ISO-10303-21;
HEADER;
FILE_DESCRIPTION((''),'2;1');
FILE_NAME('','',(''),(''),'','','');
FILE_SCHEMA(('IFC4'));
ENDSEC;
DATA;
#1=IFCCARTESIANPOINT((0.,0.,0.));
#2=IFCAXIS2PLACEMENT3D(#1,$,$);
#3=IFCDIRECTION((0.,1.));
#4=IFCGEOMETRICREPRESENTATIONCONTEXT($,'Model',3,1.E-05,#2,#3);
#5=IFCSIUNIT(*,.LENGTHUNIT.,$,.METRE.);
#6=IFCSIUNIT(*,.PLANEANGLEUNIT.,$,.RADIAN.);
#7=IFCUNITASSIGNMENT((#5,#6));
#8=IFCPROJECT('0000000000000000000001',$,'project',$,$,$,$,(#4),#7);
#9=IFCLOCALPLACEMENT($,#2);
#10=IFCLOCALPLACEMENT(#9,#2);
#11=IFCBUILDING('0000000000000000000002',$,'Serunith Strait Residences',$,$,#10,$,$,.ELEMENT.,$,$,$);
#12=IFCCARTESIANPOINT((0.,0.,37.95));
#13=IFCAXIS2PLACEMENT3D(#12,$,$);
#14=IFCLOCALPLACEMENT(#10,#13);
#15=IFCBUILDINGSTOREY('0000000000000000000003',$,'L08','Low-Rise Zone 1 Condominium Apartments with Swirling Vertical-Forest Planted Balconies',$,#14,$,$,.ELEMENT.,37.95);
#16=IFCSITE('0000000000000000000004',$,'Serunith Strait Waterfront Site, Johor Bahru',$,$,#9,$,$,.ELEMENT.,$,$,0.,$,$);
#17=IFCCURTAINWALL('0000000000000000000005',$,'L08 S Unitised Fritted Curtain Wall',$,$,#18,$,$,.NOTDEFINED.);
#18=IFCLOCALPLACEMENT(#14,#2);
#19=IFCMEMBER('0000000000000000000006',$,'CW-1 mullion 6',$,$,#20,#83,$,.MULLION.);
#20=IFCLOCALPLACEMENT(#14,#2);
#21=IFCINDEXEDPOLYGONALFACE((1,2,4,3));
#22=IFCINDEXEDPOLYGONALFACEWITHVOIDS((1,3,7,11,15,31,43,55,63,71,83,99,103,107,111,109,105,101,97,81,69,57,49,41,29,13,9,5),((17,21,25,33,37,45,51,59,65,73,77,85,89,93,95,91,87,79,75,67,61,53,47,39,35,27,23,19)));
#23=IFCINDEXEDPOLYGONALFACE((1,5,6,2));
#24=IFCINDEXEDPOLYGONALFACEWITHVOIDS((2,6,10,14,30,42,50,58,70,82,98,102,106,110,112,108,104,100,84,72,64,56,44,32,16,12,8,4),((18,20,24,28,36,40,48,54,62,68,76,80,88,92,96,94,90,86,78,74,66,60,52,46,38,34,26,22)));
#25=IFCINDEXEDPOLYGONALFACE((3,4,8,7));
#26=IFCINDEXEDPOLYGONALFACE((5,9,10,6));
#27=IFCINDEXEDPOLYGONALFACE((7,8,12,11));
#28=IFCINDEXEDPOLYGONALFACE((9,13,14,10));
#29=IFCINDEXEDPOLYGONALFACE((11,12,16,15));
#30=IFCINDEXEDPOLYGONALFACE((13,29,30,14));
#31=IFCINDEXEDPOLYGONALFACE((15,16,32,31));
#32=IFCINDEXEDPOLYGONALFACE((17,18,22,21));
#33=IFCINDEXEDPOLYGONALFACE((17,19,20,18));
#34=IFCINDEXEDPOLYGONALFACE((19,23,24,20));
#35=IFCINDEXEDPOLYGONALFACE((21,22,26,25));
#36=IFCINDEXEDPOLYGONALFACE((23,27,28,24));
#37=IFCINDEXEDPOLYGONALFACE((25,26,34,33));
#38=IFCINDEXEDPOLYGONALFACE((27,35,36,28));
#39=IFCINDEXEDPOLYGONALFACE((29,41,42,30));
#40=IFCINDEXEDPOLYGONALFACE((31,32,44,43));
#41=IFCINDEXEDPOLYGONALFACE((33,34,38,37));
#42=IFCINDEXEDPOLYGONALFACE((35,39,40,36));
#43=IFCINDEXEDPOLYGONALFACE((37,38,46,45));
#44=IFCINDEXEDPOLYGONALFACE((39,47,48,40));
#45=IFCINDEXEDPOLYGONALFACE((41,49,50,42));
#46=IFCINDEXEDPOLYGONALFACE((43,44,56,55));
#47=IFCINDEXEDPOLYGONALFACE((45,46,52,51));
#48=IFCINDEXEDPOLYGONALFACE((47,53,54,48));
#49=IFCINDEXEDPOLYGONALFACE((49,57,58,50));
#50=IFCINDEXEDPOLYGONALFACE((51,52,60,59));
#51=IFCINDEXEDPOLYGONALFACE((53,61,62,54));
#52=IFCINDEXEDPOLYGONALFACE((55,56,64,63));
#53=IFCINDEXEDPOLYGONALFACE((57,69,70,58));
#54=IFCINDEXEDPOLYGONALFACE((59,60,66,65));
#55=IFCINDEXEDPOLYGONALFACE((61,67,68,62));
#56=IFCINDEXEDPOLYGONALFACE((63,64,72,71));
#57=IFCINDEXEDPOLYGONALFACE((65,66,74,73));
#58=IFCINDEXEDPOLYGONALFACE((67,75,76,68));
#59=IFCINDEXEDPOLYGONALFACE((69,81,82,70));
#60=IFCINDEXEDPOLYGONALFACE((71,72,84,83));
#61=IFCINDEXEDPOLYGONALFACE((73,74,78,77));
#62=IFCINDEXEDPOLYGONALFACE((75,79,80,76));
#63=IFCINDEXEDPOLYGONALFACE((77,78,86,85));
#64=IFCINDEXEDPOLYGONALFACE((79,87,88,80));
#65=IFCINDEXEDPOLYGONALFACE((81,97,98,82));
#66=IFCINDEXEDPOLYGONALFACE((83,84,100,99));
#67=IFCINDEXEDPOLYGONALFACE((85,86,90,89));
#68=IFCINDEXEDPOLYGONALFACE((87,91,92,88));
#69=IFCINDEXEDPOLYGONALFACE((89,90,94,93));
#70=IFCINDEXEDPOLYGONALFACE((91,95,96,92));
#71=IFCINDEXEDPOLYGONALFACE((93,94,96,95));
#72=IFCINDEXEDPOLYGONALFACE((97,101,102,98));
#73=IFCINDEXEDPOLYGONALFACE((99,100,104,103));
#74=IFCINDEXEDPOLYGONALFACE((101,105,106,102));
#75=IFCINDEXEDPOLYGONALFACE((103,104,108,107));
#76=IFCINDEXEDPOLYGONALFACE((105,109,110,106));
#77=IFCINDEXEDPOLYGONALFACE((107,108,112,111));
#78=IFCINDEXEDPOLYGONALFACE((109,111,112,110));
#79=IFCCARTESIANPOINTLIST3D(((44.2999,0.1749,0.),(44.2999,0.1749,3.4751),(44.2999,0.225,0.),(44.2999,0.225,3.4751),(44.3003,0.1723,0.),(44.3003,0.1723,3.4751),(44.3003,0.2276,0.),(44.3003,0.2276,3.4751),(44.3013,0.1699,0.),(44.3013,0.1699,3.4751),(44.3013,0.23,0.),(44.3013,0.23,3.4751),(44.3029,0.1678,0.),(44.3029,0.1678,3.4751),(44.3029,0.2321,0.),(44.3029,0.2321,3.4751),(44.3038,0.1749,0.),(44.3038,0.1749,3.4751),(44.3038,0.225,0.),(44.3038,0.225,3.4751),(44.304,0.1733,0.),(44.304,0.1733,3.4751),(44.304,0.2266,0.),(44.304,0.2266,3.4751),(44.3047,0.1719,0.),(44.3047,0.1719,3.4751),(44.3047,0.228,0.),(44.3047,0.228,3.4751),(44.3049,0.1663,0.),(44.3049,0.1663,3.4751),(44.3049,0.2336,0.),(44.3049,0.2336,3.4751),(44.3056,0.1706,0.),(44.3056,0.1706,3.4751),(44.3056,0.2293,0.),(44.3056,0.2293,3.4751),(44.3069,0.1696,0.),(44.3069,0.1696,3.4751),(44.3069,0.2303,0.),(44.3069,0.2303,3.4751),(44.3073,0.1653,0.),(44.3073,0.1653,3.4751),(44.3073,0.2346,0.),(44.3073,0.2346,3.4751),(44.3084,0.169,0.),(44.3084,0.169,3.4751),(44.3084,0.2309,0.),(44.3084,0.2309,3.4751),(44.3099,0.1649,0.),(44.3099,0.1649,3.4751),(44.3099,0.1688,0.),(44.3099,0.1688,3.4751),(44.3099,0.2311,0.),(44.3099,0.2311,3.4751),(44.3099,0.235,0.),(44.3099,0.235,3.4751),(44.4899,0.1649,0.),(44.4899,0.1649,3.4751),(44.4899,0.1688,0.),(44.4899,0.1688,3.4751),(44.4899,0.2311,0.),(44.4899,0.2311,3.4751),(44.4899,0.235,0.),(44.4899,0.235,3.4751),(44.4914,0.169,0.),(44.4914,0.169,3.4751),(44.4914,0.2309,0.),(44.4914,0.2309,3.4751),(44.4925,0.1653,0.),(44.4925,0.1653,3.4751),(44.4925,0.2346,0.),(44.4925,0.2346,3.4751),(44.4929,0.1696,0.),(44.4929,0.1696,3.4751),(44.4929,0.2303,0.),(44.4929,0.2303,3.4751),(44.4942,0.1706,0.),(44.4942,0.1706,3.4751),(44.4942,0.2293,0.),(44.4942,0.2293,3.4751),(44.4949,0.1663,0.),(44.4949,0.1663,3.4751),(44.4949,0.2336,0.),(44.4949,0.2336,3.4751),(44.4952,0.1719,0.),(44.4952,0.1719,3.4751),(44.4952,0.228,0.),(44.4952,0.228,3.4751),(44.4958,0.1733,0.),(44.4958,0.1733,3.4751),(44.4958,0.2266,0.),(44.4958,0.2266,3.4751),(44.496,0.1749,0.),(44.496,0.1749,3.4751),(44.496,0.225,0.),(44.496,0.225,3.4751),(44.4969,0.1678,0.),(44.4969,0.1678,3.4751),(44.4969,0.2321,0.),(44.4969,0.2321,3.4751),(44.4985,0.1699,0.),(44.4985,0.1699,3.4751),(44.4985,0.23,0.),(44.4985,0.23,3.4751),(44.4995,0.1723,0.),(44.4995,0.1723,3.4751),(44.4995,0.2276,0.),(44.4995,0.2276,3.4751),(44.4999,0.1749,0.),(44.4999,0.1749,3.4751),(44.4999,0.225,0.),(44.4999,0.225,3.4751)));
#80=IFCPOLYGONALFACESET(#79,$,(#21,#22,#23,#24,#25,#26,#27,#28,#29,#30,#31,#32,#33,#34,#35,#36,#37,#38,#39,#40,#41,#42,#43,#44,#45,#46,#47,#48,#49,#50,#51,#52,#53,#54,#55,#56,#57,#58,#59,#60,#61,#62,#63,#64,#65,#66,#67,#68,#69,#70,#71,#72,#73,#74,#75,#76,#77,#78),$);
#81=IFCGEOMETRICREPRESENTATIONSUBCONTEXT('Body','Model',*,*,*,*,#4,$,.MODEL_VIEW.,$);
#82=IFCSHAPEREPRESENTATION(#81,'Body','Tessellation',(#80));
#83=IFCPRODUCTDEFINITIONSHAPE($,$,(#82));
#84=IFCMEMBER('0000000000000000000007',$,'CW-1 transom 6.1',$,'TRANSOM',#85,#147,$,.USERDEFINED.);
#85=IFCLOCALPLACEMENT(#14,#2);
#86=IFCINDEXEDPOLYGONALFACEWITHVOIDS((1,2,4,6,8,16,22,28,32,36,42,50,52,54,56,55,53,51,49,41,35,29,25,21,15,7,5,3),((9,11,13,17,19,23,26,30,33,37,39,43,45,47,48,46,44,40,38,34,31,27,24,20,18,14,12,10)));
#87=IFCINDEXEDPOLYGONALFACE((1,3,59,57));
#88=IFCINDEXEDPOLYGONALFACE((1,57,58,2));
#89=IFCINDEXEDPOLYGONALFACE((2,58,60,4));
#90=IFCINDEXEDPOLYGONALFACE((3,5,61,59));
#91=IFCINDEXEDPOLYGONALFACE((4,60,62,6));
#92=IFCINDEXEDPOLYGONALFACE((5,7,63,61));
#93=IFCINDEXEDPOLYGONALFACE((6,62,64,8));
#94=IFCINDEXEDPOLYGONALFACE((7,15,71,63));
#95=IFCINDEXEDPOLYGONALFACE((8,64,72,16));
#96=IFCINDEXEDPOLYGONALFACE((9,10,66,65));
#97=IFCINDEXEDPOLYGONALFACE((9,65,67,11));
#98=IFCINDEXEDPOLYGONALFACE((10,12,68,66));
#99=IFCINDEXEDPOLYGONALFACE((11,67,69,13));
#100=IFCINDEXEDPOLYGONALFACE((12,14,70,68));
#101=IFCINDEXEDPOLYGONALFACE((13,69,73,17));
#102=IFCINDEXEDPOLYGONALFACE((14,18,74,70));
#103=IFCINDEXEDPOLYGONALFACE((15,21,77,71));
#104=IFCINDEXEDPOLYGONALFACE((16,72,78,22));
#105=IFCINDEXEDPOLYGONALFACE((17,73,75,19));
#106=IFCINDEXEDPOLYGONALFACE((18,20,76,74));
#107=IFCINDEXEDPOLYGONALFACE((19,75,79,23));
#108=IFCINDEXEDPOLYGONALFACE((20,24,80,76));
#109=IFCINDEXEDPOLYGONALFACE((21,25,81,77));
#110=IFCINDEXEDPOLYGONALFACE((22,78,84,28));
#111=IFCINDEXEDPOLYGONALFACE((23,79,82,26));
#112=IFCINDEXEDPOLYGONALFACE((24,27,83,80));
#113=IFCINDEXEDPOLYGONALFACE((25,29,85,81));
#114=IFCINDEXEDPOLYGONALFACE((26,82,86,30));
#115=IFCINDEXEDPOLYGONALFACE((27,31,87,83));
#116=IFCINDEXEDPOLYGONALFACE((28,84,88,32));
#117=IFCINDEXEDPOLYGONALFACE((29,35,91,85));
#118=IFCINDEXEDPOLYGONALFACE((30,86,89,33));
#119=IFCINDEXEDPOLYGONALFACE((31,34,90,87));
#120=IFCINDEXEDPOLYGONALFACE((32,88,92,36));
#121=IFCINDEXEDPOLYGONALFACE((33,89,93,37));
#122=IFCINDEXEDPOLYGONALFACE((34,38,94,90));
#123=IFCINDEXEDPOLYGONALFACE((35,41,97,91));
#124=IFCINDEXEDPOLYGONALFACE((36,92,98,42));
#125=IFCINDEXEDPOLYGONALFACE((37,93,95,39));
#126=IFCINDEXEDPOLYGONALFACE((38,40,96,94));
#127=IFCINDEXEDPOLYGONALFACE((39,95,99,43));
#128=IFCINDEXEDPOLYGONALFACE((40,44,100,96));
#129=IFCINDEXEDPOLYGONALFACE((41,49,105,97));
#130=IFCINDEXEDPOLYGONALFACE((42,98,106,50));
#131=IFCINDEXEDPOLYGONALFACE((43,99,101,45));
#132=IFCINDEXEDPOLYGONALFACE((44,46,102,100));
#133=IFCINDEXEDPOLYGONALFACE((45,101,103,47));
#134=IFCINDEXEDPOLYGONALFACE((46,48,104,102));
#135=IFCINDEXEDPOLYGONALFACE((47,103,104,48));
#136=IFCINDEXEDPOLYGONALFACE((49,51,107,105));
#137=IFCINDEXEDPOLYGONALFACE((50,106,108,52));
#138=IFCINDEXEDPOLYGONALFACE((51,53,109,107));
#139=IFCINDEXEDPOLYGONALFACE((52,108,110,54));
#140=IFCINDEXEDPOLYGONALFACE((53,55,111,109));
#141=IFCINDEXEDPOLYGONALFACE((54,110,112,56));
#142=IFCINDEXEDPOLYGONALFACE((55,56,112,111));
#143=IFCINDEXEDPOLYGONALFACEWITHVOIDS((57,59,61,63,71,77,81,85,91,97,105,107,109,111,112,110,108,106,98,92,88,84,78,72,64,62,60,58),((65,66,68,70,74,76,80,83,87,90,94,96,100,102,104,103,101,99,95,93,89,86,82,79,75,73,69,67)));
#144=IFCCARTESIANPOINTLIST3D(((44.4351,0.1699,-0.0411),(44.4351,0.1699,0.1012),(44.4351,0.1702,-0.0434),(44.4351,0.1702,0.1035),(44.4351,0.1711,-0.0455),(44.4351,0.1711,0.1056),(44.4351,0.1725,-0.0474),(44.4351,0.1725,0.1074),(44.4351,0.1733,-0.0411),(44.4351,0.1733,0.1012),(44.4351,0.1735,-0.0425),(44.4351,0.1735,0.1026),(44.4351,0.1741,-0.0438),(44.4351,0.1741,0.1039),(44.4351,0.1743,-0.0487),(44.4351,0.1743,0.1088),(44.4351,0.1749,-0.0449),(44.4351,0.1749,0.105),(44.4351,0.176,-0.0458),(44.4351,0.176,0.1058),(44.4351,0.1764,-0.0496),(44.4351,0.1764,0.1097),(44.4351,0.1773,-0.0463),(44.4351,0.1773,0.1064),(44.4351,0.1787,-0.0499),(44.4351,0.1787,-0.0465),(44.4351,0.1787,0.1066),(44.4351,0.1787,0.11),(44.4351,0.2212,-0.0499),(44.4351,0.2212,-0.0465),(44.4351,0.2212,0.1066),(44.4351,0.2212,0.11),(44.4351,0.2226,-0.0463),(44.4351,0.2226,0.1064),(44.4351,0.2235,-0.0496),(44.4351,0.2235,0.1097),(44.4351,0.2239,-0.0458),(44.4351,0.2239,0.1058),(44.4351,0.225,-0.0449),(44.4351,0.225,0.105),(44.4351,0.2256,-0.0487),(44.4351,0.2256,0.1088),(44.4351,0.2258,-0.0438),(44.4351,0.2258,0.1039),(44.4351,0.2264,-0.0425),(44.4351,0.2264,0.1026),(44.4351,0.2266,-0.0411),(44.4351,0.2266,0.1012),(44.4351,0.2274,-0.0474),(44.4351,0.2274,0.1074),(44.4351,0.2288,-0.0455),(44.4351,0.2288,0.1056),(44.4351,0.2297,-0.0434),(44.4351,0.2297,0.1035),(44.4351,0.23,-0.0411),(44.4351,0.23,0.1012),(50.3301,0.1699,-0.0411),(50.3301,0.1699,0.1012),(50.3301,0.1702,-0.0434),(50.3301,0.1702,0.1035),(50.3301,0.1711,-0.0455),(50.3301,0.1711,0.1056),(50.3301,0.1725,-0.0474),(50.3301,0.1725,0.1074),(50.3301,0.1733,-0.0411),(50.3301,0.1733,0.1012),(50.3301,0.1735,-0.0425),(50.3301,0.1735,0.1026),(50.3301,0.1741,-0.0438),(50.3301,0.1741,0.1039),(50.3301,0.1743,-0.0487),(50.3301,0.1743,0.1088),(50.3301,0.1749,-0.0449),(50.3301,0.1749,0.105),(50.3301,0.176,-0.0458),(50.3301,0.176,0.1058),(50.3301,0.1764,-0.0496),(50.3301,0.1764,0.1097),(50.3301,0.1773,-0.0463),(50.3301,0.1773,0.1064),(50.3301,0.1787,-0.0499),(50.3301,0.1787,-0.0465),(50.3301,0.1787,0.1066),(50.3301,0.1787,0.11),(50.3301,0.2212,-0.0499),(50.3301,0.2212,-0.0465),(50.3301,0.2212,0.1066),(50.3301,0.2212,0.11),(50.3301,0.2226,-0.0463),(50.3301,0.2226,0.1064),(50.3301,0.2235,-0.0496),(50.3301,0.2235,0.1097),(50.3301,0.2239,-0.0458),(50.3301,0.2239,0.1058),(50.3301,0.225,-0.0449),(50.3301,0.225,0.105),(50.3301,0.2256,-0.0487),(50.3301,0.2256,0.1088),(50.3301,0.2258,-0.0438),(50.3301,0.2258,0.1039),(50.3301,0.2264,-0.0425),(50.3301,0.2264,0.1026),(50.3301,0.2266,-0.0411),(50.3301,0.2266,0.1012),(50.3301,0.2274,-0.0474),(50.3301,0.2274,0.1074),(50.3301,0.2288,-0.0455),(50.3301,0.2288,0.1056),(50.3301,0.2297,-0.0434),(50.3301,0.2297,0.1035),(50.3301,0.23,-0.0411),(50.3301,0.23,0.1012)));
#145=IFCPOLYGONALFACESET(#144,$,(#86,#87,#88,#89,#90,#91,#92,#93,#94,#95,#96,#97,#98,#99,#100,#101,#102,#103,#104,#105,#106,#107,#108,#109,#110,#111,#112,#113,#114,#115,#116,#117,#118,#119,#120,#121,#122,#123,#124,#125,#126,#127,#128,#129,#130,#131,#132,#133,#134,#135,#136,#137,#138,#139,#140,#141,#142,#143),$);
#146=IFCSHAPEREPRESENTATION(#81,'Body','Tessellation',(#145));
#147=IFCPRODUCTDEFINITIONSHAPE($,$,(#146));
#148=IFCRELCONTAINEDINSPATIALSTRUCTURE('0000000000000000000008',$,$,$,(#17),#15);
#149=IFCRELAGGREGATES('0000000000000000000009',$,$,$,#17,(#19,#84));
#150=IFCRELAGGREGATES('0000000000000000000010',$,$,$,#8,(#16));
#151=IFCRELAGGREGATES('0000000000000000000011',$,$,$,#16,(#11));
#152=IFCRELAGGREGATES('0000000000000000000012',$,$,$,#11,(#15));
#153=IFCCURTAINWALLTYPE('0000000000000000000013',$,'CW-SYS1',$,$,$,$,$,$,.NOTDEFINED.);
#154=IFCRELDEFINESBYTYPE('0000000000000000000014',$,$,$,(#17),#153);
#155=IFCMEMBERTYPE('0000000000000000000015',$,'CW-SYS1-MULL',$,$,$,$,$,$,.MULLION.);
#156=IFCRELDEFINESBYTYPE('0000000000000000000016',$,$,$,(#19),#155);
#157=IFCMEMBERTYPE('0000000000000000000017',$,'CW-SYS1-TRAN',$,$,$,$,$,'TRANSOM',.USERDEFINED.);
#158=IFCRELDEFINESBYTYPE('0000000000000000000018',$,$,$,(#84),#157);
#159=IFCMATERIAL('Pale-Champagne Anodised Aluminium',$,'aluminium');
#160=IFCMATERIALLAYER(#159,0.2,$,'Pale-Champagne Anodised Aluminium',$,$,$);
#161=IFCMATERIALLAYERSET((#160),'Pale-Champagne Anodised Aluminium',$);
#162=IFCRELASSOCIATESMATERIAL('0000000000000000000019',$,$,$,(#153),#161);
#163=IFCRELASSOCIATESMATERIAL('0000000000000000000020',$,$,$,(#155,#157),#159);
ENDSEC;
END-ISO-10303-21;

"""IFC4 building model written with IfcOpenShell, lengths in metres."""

from ifc_helpers import new_model, si_unit, direction, frame, origin, origin_2d, place, context, subcontext, project, spatial, hollow_rectangle, extrude, source, transform, mapped, material, layer, layer_set, material_profile, profile_set, type_object, element, aggregate, save


model = new_model("IFC4")

# Units and contexts
model_context = context("Model", 3, precision=1e-05, world=origin(), true_north=direction((0.0, 1.0)))
body_context = subcontext(model_context, "Body", "Model", "MODEL_VIEW")
ifc_project = project(units=[si_unit("LENGTHUNIT", "METRE"), si_unit("PLANEANGLEUNIT", "RADIAN")], contexts=[model_context])

# Site, building, storey
site_placement = place(None, origin())
site = spatial("IfcSite", under=ifc_project, at=site_placement, Name="Serunith Strait Waterfront Site, Johor Bahru", CompositionType="ELEMENT", RefElevation=0.0)
building_placement = place(site_placement, origin())
building = spatial("IfcBuilding", under=site, at=building_placement, Name="Serunith Strait Residences", CompositionType="ELEMENT")
storey_placement = place(building_placement, frame((0.0, 0.0, 37.95)))
storey = spatial("IfcBuildingStorey", under=building, at=storey_placement, Name="L08", Description="Low-Rise Zone 1 Condominium Apartments with Swirling Vertical-Forest Planted Balconies", CompositionType="ELEMENT", Elevation=37.95)

# Curtain wall, members
ifc_material_1 = material(Name="Pale-Champagne Anodised Aluminium", Category="aluminium")
ifc_layer_1 = layer(ifc_material_1, 0.2, Name="Pale-Champagne Anodised Aluminium")
ifc_layer_set_1 = layer_set([ifc_layer_1], Name="Pale-Champagne Anodised Aluminium")
curtain_wall_type = type_object("IfcCurtainWallType", Name="CW-SYS1", PredefinedType="NOTDEFINED", material=ifc_layer_set_1)
curtain_wall_placement = place(storey_placement, origin())
curtain_wall = element("IfcCurtainWall", 1, at=curtain_wall_placement, inside=storey, type_object=curtain_wall_type, Name="L08 S Unitised Fritted Curtain Wall", PredefinedType="NOTDEFINED")
ifc_material_profile_1 = material_profile(ifc_material_1, hollow_rectangle(XDim=0.0701, YDim=0.2, WallThickness=0.0039, InnerFilletRadius=0.0061, OuterFilletRadius=0.01, at=origin_2d()), Name="ALU 200x70x4")
ifc_profile_set_1 = profile_set([ifc_material_profile_1], Name="Pale-Champagne Anodised Aluminium")
member_type_1 = type_object("IfcMemberType", Name="CW-SYS1-MULL", PredefinedType="MULLION", material=ifc_profile_set_1)
shared_shape_1 = source(origin(), body_context, "Body", "SweptSolid", [
    extrude(hollow_rectangle(XDim=0.0701, YDim=0.2, WallThickness=0.0039, InnerFilletRadius=0.0061, OuterFilletRadius=0.01, at=origin_2d()), origin(), (0.0, 0.0, 1.0), 3.4751),
])
member_1_placement = place(storey_placement, frame((44.3999, 0.2, 0.0), z_axis=(0.0, 0.0, 1.0), x_axis=(0.0, 1.0, 0.0)))
member_1 = element("IfcMember", 2, at=member_1_placement, type_object=member_type_1, Name="CW-1 mullion 6", PredefinedType="MULLION", context=body_context, shape_type="MappedRepresentation", body=[
    mapped(shared_shape_1, transform((0.0, 0.0, 0.0), scale=1.0)),
])
ifc_material_profile_2 = material_profile(ifc_material_1, hollow_rectangle(XDim=0.0601, YDim=0.1599, WallThickness=0.0034, InnerFilletRadius=0.0054, OuterFilletRadius=0.0088, at=origin_2d()), Name="ALU 160x60x3.5")
ifc_profile_set_2 = profile_set([ifc_material_profile_2], Name="Pale-Champagne Anodised Aluminium")
member_type_2 = type_object("IfcMemberType", Name="CW-SYS1-TRAN", ElementType="TRANSOM", PredefinedType="USERDEFINED", material=ifc_profile_set_2)
shared_shape_2 = source(origin(), body_context, "Body", "SweptSolid", [
    extrude(hollow_rectangle(XDim=0.0601, YDim=0.1599, WallThickness=0.0034, InnerFilletRadius=0.0054, OuterFilletRadius=0.0088, at=origin_2d()), origin(), (0.0, 0.0, 1.0), 5.895),
])
member_2_placement = place(storey_placement, frame((44.4351, 0.2, 0.03), z_axis=(1.0, 0.0, 0.0), x_axis=(0.0, 1.0, 0.0)))
member_2 = element("IfcMember", 3, at=member_2_placement, type_object=member_type_2, Name="CW-1 transom 6.1", ObjectType="TRANSOM", PredefinedType="USERDEFINED", context=body_context, shape_type="MappedRepresentation", body=[
    mapped(shared_shape_2, transform((0.0, 0.0, 0.0), scale=1.0)),
])
aggregate(curtain_wall, [member_1, member_2])

save(model, "model.ifc")
